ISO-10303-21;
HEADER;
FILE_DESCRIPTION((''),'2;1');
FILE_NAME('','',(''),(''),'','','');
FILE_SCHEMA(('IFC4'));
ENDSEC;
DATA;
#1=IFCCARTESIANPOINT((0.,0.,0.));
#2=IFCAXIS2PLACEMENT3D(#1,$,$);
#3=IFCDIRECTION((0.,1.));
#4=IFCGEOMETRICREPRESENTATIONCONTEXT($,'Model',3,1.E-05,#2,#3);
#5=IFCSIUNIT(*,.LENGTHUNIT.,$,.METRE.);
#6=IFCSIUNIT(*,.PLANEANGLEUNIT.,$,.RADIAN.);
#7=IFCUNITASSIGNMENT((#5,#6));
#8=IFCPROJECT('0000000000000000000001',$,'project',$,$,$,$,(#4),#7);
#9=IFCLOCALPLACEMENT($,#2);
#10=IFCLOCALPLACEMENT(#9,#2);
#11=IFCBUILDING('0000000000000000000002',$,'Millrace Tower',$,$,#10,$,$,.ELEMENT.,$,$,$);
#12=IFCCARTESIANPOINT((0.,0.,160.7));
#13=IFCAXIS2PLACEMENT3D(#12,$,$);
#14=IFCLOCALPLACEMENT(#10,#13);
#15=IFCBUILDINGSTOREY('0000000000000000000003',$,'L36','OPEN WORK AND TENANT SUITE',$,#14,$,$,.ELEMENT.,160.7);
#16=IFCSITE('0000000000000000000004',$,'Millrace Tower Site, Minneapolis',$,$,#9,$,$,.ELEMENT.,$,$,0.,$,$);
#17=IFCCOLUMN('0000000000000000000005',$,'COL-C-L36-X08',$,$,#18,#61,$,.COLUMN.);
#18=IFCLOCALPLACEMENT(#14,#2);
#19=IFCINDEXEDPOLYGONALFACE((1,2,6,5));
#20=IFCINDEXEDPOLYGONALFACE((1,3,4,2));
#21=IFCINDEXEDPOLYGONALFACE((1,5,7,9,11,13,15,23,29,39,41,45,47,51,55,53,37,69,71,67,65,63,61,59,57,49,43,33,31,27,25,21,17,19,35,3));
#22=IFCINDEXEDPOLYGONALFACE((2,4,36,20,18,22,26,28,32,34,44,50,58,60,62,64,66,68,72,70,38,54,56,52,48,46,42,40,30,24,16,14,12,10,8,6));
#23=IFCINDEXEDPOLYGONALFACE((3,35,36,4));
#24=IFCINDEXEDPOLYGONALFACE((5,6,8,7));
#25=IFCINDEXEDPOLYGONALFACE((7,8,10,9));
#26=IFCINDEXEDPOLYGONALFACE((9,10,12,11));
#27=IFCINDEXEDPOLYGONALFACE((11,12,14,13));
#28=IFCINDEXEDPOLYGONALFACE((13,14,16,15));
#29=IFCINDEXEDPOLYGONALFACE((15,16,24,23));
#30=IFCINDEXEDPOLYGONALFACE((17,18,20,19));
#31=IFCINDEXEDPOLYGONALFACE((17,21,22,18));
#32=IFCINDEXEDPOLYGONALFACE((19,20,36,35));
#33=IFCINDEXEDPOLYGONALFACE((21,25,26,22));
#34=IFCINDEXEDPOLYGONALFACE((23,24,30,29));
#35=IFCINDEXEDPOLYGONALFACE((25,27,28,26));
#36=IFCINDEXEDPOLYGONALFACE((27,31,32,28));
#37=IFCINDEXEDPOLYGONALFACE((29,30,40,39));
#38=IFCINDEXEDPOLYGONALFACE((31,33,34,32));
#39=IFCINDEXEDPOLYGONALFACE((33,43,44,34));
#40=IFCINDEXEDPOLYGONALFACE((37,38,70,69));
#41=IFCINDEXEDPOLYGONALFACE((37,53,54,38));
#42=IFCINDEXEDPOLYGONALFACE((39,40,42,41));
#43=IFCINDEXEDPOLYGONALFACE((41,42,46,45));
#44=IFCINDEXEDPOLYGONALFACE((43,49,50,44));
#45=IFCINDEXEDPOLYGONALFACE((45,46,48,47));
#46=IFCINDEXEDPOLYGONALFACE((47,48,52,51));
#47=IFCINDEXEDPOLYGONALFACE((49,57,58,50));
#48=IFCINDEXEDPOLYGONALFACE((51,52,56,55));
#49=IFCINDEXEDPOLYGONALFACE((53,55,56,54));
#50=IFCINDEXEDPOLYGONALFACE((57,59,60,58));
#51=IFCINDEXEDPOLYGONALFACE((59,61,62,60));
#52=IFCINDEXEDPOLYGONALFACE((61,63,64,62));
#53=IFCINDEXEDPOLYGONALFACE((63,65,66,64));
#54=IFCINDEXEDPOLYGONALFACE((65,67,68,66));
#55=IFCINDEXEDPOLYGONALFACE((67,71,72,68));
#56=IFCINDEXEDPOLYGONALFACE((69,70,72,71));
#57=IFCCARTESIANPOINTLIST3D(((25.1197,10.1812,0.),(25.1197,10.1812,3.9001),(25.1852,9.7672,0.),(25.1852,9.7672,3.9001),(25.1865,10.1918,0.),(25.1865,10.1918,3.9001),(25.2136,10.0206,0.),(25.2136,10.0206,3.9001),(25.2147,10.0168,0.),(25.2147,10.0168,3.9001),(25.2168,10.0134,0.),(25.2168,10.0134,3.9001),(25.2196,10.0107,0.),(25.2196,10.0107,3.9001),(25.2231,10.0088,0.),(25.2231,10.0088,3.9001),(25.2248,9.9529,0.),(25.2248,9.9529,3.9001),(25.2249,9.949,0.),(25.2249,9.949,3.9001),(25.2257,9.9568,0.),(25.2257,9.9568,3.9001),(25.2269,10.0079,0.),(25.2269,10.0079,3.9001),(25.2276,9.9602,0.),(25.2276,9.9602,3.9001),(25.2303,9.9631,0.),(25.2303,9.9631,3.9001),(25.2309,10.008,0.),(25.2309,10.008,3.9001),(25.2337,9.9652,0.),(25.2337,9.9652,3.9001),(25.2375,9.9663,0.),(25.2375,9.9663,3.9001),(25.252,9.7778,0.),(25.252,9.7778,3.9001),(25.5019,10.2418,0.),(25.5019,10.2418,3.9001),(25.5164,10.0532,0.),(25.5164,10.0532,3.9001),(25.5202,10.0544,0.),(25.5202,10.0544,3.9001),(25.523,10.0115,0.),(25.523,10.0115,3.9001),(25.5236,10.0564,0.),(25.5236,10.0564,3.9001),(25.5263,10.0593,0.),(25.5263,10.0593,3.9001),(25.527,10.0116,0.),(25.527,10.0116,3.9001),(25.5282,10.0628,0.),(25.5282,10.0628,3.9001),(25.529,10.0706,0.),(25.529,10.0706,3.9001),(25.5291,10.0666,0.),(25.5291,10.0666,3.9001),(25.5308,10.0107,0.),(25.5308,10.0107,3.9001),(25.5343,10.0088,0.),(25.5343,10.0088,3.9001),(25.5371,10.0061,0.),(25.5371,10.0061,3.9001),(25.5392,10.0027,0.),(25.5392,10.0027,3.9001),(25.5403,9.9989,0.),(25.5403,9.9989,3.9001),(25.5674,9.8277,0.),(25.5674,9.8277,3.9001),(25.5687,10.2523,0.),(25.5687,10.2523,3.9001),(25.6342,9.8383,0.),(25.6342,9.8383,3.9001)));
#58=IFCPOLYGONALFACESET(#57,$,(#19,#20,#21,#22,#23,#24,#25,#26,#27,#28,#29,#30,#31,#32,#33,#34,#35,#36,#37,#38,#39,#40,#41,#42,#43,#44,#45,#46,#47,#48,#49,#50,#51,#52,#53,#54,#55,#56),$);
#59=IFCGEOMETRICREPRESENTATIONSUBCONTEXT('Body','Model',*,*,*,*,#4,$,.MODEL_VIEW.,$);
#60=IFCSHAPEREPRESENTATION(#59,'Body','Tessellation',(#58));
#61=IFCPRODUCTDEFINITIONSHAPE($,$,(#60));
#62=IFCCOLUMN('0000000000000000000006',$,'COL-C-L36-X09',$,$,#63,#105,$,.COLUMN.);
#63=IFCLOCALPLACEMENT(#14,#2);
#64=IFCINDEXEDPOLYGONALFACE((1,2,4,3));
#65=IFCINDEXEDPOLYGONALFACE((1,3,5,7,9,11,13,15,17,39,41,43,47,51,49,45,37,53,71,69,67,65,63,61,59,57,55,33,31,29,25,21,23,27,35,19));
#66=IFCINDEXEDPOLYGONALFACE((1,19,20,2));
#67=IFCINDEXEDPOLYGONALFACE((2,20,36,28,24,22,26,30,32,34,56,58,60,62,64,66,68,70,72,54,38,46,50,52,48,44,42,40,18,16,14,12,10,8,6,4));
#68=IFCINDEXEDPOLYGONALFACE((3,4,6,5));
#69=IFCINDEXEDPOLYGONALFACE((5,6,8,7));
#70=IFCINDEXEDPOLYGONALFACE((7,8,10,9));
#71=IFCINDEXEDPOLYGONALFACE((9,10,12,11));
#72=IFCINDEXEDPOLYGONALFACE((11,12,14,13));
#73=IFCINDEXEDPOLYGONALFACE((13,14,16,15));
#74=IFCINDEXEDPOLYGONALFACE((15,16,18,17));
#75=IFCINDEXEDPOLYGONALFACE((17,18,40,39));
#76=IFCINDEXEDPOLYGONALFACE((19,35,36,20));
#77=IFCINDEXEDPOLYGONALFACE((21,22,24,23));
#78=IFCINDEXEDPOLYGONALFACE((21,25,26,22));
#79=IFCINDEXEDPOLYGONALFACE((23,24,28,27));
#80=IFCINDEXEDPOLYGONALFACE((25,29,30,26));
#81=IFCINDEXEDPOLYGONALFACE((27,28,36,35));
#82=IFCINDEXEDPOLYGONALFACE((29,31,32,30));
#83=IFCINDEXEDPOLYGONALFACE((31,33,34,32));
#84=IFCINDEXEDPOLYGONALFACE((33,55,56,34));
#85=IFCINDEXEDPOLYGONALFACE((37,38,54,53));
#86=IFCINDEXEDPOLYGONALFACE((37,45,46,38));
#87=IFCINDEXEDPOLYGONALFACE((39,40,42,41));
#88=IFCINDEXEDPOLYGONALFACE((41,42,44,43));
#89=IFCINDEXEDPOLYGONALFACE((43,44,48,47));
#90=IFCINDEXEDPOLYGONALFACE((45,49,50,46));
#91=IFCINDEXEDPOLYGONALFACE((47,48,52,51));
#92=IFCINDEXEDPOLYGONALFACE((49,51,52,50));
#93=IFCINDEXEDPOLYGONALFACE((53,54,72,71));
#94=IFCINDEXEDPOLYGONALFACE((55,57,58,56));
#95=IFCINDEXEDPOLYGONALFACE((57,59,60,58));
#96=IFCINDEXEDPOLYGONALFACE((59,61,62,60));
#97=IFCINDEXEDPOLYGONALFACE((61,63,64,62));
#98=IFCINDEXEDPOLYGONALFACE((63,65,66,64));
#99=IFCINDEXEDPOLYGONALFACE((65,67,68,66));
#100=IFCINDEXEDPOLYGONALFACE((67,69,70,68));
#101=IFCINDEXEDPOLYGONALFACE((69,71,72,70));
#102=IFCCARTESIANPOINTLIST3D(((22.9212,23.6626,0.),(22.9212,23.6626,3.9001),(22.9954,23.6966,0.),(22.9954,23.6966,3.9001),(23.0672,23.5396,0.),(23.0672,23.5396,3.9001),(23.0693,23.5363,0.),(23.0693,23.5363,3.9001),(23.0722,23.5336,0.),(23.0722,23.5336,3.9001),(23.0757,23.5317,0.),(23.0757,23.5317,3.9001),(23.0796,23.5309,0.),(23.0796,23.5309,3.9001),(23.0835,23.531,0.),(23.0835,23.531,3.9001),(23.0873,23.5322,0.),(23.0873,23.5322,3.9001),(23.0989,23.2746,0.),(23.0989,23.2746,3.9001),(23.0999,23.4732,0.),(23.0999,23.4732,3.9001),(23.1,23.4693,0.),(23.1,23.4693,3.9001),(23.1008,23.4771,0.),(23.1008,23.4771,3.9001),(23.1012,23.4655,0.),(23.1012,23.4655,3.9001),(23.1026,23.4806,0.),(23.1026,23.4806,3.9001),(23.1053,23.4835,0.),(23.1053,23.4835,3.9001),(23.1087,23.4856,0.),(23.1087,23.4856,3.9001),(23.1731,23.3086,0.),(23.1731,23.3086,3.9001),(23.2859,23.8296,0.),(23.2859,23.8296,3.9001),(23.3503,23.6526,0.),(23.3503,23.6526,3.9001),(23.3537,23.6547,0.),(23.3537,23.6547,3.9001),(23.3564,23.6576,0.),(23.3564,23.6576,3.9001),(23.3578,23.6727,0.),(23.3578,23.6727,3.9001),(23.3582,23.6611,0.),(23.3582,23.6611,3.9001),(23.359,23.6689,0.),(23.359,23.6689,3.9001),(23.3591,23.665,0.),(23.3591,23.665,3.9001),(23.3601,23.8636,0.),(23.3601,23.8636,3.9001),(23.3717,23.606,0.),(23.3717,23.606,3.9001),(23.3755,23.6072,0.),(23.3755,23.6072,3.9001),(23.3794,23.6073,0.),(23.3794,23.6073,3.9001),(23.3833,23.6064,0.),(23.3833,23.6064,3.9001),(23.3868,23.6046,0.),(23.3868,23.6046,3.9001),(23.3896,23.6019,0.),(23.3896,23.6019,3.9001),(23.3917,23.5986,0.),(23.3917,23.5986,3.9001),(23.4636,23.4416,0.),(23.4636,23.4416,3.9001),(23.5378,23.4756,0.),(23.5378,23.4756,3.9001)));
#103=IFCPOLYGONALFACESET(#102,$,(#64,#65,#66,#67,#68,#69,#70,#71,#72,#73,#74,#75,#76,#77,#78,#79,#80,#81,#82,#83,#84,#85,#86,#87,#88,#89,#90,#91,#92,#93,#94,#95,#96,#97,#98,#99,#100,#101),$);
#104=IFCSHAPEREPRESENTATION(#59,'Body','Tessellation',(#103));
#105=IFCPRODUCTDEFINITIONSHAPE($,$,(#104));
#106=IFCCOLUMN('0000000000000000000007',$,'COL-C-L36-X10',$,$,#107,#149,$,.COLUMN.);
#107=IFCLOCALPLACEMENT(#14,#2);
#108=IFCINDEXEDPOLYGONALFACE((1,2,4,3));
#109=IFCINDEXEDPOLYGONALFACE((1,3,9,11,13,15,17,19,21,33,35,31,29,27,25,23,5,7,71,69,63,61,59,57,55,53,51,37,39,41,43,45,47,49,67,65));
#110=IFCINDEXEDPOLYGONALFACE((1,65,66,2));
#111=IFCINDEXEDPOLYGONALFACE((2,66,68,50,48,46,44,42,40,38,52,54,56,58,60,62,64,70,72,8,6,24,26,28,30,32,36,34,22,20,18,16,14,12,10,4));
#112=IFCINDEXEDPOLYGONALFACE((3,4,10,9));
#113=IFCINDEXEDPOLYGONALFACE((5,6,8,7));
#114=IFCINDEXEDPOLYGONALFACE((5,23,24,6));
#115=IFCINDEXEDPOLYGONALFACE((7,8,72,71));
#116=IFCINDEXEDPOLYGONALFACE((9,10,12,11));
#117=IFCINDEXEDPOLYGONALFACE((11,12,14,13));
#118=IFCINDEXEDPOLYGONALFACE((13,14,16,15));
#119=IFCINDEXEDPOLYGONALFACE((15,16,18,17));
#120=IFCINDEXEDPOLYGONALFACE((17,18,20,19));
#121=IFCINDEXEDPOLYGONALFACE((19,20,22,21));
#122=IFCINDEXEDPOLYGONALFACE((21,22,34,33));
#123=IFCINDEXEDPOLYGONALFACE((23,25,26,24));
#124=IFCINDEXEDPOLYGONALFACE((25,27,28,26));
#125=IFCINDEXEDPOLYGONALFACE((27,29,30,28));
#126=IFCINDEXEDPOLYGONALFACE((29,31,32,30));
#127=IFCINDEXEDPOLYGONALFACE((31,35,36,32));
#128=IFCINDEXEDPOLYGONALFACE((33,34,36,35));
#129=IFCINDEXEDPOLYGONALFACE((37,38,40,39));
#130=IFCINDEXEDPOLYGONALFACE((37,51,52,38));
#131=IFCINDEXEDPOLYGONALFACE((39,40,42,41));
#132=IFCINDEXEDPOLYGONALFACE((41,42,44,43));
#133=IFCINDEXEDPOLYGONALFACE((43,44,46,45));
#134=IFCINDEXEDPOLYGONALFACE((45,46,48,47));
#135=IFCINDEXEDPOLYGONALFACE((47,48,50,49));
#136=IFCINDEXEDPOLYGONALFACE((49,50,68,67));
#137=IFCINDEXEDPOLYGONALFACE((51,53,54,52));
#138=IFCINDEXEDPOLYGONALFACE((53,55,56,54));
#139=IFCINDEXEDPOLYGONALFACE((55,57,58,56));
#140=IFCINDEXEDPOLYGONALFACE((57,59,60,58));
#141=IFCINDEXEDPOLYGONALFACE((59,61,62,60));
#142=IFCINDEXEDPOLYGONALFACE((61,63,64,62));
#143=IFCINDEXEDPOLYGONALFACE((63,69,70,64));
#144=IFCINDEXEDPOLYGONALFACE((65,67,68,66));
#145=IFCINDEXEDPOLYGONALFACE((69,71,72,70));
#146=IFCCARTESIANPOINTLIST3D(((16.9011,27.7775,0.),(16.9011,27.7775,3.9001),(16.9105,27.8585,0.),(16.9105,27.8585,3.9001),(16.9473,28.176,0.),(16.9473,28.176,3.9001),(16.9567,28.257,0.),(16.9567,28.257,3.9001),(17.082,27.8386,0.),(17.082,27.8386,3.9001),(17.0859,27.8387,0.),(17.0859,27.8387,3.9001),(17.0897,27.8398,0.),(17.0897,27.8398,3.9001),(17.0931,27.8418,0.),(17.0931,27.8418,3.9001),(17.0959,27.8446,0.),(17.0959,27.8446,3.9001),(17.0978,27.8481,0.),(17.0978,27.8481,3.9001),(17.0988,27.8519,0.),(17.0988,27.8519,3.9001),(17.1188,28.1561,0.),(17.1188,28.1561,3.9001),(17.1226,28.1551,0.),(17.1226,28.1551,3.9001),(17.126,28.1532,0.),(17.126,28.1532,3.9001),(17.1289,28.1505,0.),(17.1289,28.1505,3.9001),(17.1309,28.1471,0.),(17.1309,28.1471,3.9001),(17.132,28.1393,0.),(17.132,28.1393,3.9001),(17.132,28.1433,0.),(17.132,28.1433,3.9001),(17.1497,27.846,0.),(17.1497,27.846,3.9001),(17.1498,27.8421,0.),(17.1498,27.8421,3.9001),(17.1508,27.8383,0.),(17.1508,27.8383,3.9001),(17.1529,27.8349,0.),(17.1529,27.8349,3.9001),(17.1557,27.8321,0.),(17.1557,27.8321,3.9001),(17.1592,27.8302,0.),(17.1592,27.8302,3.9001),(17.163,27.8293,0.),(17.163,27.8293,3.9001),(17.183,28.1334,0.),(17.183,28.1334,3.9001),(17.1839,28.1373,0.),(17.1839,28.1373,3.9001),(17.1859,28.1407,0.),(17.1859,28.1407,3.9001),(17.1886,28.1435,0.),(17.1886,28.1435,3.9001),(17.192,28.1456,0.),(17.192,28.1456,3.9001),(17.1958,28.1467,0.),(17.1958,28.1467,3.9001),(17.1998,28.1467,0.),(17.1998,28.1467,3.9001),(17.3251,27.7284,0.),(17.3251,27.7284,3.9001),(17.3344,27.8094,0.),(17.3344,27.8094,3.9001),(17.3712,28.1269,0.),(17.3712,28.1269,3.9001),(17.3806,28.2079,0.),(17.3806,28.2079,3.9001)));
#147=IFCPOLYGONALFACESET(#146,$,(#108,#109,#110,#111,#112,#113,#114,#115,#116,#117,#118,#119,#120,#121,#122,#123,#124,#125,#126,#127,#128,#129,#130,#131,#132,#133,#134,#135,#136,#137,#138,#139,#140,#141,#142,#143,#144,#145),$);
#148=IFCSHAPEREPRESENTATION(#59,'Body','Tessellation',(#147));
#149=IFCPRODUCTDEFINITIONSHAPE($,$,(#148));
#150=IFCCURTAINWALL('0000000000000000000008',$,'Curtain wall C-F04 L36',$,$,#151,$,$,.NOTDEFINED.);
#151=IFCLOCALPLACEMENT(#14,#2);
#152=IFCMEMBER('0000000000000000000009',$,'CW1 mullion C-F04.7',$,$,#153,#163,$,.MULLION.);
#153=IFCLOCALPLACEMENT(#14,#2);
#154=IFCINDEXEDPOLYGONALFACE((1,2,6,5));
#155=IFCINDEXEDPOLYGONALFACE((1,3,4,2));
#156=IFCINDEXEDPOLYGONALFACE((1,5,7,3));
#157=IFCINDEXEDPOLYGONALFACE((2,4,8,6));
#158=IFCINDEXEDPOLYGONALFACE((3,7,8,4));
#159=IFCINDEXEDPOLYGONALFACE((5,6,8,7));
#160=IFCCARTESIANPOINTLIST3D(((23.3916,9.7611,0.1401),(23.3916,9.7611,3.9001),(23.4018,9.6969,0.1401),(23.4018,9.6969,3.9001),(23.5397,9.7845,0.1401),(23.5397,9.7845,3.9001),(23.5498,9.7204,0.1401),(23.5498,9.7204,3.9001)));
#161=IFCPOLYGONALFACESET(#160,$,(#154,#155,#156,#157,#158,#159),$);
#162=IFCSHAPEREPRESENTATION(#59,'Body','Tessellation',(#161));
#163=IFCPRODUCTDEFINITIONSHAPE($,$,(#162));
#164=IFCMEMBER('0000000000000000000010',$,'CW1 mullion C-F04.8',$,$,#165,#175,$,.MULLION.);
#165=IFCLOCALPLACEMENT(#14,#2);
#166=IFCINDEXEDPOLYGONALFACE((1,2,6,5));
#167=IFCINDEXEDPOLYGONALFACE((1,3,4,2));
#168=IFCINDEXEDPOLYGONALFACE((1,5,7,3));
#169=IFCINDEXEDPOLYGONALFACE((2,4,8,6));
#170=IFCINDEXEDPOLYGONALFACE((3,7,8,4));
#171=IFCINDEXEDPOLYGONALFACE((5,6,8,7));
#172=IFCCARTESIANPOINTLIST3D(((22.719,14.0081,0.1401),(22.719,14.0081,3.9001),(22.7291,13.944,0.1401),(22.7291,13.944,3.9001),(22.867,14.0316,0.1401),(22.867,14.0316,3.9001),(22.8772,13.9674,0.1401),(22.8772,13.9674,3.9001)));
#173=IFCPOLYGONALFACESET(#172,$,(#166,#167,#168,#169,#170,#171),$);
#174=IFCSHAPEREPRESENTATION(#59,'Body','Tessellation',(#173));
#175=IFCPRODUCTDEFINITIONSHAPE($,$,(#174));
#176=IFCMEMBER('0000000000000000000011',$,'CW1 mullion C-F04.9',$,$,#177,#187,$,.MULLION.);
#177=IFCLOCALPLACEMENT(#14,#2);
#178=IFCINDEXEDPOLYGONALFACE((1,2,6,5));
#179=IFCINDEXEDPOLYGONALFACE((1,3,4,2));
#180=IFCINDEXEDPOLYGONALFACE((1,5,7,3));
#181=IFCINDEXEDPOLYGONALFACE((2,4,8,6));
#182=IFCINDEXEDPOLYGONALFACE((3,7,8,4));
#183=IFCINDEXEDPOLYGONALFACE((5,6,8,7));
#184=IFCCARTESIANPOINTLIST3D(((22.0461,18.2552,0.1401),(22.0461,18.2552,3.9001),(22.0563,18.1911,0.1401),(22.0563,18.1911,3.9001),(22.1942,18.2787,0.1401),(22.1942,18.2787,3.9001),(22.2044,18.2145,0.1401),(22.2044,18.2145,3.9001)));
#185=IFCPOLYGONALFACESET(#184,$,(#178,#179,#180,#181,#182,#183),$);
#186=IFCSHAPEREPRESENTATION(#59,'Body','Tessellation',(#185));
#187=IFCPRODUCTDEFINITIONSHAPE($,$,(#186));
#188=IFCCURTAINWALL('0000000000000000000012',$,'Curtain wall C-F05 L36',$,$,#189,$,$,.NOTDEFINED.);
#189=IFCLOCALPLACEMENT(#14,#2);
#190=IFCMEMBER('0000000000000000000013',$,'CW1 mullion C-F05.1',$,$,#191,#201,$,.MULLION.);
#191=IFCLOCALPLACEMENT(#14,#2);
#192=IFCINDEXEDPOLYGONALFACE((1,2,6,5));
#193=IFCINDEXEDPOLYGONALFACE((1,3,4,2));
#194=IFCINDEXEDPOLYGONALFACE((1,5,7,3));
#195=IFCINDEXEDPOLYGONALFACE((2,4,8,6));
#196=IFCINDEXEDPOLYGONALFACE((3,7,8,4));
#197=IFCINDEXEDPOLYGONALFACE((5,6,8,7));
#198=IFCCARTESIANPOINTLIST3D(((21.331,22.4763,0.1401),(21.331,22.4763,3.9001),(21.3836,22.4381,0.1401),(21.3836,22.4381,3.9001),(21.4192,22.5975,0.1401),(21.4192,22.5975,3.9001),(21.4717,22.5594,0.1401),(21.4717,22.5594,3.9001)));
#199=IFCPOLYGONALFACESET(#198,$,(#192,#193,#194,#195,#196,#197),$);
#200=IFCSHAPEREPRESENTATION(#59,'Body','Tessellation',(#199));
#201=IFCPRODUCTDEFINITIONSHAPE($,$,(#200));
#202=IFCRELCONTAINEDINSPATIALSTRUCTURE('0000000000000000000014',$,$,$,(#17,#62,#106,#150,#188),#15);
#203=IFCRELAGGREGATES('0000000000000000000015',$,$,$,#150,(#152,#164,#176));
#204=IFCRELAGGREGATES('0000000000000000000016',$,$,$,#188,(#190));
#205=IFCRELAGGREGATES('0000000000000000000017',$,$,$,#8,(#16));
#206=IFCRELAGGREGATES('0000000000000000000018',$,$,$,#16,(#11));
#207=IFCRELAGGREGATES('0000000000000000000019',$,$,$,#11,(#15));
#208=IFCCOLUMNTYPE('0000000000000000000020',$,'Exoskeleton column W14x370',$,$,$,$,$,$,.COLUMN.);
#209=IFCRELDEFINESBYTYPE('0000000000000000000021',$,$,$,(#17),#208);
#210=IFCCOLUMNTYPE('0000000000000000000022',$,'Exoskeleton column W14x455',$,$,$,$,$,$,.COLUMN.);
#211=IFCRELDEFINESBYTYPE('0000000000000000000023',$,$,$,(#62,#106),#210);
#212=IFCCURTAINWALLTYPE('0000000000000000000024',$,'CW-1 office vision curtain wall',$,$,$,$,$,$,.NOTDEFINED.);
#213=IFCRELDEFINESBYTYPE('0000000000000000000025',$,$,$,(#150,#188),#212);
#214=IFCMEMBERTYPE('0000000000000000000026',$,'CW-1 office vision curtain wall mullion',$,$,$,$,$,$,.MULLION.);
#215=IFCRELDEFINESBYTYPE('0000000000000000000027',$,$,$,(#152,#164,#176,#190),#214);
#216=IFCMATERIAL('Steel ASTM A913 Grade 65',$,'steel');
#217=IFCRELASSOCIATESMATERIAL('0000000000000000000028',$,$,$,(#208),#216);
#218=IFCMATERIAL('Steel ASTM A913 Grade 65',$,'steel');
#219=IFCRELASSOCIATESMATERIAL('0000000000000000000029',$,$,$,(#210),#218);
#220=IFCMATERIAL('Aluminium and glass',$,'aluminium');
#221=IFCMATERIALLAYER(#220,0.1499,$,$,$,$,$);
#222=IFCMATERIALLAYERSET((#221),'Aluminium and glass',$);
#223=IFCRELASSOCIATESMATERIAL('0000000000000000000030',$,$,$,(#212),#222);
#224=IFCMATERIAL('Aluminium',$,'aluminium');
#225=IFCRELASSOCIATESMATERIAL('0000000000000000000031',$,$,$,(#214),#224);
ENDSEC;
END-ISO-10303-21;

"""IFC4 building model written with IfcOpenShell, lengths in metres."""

from ifc_helpers import new_model, si_unit, direction, frame, origin, origin_2d, place, context, subcontext, project, spatial, rectangle, i_section, extrude, material, layer, layer_set, material_profile, profile_set, type_object, element, aggregate, save


model = new_model("IFC4")

# Units and contexts
model_context = context("Model", 3, precision=1e-05, world=origin(), true_north=direction((0.0, 1.0)))
body_context = subcontext(model_context, "Body", "Model", "MODEL_VIEW")
ifc_project = project(units=[si_unit("LENGTHUNIT", "METRE"), si_unit("PLANEANGLEUNIT", "RADIAN")], contexts=[model_context])

# Site, building, storey
site_placement = place(None, origin())
site = spatial("IfcSite", under=ifc_project, at=site_placement, Name="Millrace Tower Site, Minneapolis", CompositionType="ELEMENT", RefElevation=0.0)
building_placement = place(site_placement, origin())
building = spatial("IfcBuilding", under=site, at=building_placement, Name="Millrace Tower", CompositionType="ELEMENT")
storey_placement = place(building_placement, frame((0.0, 0.0, 160.7)))
storey = spatial("IfcBuildingStorey", under=building, at=storey_placement, Name="L36", Description="OPEN WORK AND TENANT SUITE", CompositionType="ELEMENT", Elevation=160.7)

# Columns
ifc_material_1 = material(Name="Steel ASTM A913 Grade 65", Category="steel")
ifc_material_profile_1 = material_profile(ifc_material_1, i_section(OverallWidth=0.4192, OverallDepth=0.4546, WebThickness=0.0422, FlangeThickness=0.0676, FilletRadius=0.0151, at=origin_2d()))
ifc_profile_set_1 = profile_set([ifc_material_profile_1], Name="Steel ASTM A913 Grade 65")
column_type_1 = type_object("IfcColumnType", Name="Exoskeleton column W14x370", PredefinedType="COLUMN", material=ifc_profile_set_1)
column_placement = place(storey_placement, frame((25.377, 10.0098, 0.0), z_axis=(0.0, 0.0, 1.0), x_axis=(-0.156434, 0.987688, 0.0)))
element("IfcColumn", 1, at=column_placement, inside=storey, type_object=column_type_1, Name="COL-C-L36-X08", PredefinedType="COLUMN", context=body_context, shape_type="SweptSolid", body=[
    extrude(i_section(OverallWidth=0.4192, OverallDepth=0.4546, WebThickness=0.0422, FlangeThickness=0.0676, FilletRadius=0.0151, at=origin_2d()), origin(), (0.0, 0.0, 1.0), 3.9001),
])
ifc_material_2 = material(Name="Steel ASTM A913 Grade 65", Category="steel")
ifc_material_profile_2 = material_profile(ifc_material_2, i_section(OverallWidth=0.4268, OverallDepth=0.4827, WebThickness=0.0513, FlangeThickness=0.0815, FilletRadius=0.0151, at=origin_2d()))
ifc_profile_set_2 = profile_set([ifc_material_profile_2], Name="Steel ASTM A913 Grade 65")
column_type_2 = type_object("IfcColumnType", Name="Exoskeleton column W14x455", PredefinedType="COLUMN", material=ifc_profile_set_2)
for number, where, z_axis, x_axis, name in (
    (2, (23.2295, 23.5691, 0.0), (0.0, 0.0, 1.0), (-0.416401, 0.909181, 0.0), "COL-C-L36-X09"),
    (3, (17.1409, 27.9927, 0.0), (0.0, 0.0, 1.0), (-0.993358, 0.115069, 0.0), "COL-C-L36-X10"),
):
    element("IfcColumn", number, at=place(storey_placement, frame(where, z_axis=z_axis, x_axis=x_axis)), inside=storey, type_object=column_type_2, Name=name, PredefinedType="COLUMN", context=body_context, shape_type="SweptSolid", body=[
        extrude(i_section(OverallWidth=0.4268, OverallDepth=0.4827, WebThickness=0.0513, FlangeThickness=0.0815, FilletRadius=0.0151, at=origin_2d()), origin(), (0.0, 0.0, 1.0), 3.9001),
    ])

# Curtain wall, members
ifc_material_3 = material(Name="Aluminium and glass", Category="aluminium")
ifc_layer_1 = layer(ifc_material_3, 0.1499)
ifc_layer_set_1 = layer_set([ifc_layer_1], Name="Aluminium and glass")
curtain_wall_type = type_object("IfcCurtainWallType", Name="CW-1 office vision curtain wall", PredefinedType="NOTDEFINED", material=ifc_layer_set_1)
placement = place(storey_placement, origin())
curtain_wall_1 = element("IfcCurtainWall", 4, at=placement, inside=storey, type_object=curtain_wall_type, Name="Curtain wall C-F04 L36", PredefinedType="NOTDEFINED")
ifc_material_4 = material(Name="Aluminium", Category="aluminium")
ifc_material_profile_3 = material_profile(ifc_material_4, rectangle(XDim=0.0649, YDim=0.1499, at=origin_2d()))
ifc_profile_set_3 = profile_set([ifc_material_profile_3], Name="Aluminium")
member_type_1 = type_object("IfcMemberType", Name="CW-1 office vision curtain wall mullion", PredefinedType="MULLION", material=ifc_profile_set_3)
member_1_placement = place(storey_placement, frame((23.4707, 9.7407, 0.1401), z_axis=(0.0, 0.0, 1.0), x_axis=(-0.156434, 0.987688, 0.0)))
member_1 = element("IfcMember", 5, at=member_1_placement, type_object=member_type_1, Name="CW1 mullion C-F04.7", PredefinedType="MULLION", context=body_context, shape_type="SweptSolid", body=[
    extrude(rectangle(XDim=0.0649, YDim=0.1499, at=origin_2d()), origin(), (0.0, 0.0, 1.0), 3.76),
])
member_2_placement = place(storey_placement, frame((22.7981, 13.9878, 0.1401), z_axis=(0.0, 0.0, 1.0), x_axis=(-0.156434, 0.987688, 0.0)))
member_2 = element("IfcMember", 6, at=member_2_placement, type_object=member_type_1, Name="CW1 mullion C-F04.8", PredefinedType="MULLION", context=body_context, shape_type="SweptSolid", body=[
    extrude(rectangle(XDim=0.0649, YDim=0.1499, at=origin_2d()), origin(), (0.0, 0.0, 1.0), 3.76),
])
member_3_placement = place(storey_placement, frame((22.1252, 18.2349, 0.1401), z_axis=(0.0, 0.0, 1.0), x_axis=(-0.156434, 0.987688, 0.0)))
member_3 = element("IfcMember", 7, at=member_3_placement, type_object=member_type_1, Name="CW1 mullion C-F04.9", PredefinedType="MULLION", context=body_context, shape_type="SweptSolid", body=[
    extrude(rectangle(XDim=0.0649, YDim=0.1499, at=origin_2d()), origin(), (0.0, 0.0, 1.0), 3.76),
])
aggregate(curtain_wall_1, [member_1, member_2, member_3])

# Curtain wall, member
curtain_wall_2 = element("IfcCurtainWall", 8, at=placement, inside=storey, type_object=curtain_wall_type, Name="Curtain wall C-F05 L36", PredefinedType="NOTDEFINED")
member_4_placement = place(storey_placement, frame((21.4014, 22.5178, 0.1401), z_axis=(0.0, 0.0, 1.0), x_axis=(-0.809017, 0.587785, 0.0)))
member_4 = element("IfcMember", 9, at=member_4_placement, type_object=member_type_1, Name="CW1 mullion C-F05.1", PredefinedType="MULLION", context=body_context, shape_type="SweptSolid", body=[
    extrude(rectangle(XDim=0.0649, YDim=0.1499, at=origin_2d()), origin(), (0.0, 0.0, 1.0), 3.76),
])

aggregate(curtain_wall_2, [member_4])

save(model, "model.ifc")
